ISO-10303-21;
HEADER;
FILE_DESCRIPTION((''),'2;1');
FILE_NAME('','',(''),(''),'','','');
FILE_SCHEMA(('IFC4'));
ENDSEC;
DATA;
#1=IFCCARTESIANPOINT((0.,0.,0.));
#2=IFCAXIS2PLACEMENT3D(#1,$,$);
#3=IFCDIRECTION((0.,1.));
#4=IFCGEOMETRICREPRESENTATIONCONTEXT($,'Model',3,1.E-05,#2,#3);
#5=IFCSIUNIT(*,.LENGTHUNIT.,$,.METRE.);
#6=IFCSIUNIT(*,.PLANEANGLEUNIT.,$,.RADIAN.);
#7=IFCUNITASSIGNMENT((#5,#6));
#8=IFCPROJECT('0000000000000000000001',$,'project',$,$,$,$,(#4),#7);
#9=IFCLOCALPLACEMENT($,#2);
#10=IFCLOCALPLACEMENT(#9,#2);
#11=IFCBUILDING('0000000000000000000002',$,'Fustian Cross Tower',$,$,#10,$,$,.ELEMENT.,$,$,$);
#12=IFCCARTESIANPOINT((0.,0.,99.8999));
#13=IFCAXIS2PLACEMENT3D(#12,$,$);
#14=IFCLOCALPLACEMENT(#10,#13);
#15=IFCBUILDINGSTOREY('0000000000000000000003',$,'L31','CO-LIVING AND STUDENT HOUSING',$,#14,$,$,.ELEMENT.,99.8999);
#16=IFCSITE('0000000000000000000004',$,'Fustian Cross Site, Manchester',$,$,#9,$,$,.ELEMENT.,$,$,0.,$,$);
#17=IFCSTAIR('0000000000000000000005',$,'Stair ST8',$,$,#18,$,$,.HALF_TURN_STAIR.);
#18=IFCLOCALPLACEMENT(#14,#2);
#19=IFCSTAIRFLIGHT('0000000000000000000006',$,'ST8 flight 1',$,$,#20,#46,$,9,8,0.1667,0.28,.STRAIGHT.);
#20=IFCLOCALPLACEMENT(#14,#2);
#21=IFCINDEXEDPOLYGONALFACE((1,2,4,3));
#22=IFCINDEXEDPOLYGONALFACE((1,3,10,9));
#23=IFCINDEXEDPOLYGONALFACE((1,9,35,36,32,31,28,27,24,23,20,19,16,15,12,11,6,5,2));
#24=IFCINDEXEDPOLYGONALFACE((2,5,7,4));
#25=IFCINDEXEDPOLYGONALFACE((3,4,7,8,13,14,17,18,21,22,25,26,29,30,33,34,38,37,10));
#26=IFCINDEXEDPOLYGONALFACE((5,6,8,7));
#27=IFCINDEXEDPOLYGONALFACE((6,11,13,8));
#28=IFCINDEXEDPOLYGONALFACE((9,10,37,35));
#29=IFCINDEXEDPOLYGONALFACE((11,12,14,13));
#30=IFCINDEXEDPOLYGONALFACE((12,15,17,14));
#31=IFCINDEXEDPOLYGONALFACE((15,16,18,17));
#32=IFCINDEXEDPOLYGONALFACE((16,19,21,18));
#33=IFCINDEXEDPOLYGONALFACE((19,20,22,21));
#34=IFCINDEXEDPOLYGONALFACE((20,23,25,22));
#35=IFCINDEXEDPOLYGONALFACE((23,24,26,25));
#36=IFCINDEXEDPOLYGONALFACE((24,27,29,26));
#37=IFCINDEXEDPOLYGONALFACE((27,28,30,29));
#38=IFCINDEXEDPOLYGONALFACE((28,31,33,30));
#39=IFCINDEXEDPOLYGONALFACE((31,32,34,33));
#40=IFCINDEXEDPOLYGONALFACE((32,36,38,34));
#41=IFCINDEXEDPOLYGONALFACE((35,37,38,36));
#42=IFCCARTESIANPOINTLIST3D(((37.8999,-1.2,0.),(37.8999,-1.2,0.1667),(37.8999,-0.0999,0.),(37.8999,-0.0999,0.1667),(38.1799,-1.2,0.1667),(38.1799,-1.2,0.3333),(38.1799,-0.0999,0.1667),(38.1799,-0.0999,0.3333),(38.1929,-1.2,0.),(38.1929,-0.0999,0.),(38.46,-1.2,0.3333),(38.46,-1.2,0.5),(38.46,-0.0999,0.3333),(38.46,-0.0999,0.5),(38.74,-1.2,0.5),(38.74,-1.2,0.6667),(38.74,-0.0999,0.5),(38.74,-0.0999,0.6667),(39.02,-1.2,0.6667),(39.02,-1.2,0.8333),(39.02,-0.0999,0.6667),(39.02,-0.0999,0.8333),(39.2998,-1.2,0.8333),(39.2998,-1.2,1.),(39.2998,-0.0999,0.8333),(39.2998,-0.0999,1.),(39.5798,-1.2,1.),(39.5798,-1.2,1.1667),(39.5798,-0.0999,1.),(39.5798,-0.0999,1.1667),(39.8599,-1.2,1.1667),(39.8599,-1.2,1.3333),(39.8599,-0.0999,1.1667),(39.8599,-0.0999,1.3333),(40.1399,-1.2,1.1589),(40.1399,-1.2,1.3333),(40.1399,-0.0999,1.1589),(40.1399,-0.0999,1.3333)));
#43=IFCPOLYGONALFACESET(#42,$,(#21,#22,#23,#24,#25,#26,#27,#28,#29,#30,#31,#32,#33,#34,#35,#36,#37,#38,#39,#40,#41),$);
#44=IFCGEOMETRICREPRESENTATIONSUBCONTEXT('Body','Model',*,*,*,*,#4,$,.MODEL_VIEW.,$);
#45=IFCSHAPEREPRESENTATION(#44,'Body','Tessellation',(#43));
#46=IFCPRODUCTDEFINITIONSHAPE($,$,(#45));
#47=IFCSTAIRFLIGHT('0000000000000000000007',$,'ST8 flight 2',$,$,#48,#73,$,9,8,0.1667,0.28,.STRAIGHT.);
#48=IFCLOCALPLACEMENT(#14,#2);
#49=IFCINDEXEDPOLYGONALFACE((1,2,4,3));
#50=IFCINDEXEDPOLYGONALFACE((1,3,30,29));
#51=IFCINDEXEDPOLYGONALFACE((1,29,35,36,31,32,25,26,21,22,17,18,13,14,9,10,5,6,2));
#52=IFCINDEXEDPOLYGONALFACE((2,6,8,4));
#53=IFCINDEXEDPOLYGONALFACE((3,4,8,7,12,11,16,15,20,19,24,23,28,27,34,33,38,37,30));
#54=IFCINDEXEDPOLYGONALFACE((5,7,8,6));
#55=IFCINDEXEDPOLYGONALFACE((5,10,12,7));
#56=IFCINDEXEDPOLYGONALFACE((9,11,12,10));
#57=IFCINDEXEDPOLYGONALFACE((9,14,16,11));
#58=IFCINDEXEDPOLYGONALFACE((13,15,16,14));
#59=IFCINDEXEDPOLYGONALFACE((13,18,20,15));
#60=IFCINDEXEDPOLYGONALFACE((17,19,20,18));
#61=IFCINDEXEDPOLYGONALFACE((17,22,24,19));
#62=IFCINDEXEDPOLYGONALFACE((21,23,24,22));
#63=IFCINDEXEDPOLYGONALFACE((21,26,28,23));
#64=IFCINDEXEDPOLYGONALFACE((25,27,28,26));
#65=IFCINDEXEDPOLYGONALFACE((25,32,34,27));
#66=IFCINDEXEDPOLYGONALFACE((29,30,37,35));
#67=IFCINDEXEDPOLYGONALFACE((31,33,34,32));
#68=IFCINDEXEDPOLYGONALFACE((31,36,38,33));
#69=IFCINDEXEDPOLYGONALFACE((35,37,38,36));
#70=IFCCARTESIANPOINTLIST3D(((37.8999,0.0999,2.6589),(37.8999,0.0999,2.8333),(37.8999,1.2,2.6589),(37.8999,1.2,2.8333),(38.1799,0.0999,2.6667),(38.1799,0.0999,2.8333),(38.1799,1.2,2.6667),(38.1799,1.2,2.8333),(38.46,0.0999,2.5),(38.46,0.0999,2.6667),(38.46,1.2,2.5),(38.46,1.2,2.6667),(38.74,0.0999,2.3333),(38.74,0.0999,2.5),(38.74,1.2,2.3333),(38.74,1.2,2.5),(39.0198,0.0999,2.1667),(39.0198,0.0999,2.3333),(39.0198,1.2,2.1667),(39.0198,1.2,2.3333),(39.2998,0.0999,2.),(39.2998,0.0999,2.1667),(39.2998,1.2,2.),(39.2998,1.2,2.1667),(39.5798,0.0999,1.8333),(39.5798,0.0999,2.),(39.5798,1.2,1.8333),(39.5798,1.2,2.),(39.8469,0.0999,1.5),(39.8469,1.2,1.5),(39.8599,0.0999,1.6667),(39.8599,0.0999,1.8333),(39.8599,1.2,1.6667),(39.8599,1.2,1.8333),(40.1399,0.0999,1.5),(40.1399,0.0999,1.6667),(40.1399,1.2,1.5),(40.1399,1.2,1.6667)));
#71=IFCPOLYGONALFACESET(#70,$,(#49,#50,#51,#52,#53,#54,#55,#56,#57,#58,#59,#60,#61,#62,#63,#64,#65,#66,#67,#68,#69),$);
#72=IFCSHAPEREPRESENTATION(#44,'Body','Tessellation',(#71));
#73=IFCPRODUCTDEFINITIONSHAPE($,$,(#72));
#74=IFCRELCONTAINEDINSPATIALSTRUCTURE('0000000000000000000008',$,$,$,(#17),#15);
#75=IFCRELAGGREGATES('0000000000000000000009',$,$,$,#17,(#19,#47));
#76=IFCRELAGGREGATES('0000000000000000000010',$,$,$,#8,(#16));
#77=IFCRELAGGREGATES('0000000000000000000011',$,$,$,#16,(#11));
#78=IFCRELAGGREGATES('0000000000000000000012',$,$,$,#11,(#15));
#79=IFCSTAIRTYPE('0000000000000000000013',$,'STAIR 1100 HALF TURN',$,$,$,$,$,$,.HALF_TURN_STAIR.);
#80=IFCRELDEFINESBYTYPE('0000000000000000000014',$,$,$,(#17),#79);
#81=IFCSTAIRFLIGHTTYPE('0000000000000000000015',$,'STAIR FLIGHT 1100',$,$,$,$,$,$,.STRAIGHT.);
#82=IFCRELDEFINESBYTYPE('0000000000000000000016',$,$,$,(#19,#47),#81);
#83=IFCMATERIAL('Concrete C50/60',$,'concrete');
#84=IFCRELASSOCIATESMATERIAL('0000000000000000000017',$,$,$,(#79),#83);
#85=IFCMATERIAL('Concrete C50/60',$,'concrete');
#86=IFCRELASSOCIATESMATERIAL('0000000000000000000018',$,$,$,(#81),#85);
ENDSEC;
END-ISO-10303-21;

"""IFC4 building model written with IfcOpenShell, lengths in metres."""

from ifc_helpers import new_model, si_unit, direction, frame, origin, place, context, subcontext, project, spatial, polyline, outline, extrude, material, type_object, element, aggregate, save


model = new_model("IFC4")

# Units and contexts
model_context = context("Model", 3, precision=1e-05, world=origin(), true_north=direction((0.0, 1.0)))
body_context = subcontext(model_context, "Body", "Model", "MODEL_VIEW")
ifc_project = project(units=[si_unit("LENGTHUNIT", "METRE"), si_unit("PLANEANGLEUNIT", "RADIAN")], contexts=[model_context])

# Site, building, storey
site_placement = place(None, origin())
site = spatial("IfcSite", under=ifc_project, at=site_placement, Name="Fustian Cross Site, Manchester", CompositionType="ELEMENT", RefElevation=0.0)
building_placement = place(site_placement, origin())
building = spatial("IfcBuilding", under=site, at=building_placement, Name="Fustian Cross Tower", CompositionType="ELEMENT")
storey_placement = place(building_placement, frame((0.0, 0.0, 99.8999)))
storey = spatial("IfcBuildingStorey", under=building, at=storey_placement, Name="L31", Description="CO-LIVING AND STUDENT HOUSING", CompositionType="ELEMENT", Elevation=99.8999)

# Stair, stair flights
ifc_material_1 = material(Name="Concrete C50/60", Category="concrete")
stair_type = type_object("IfcStairType", Name="STAIR 1100 HALF TURN", PredefinedType="HALF_TURN_STAIR", material=ifc_material_1)
stair_placement = place(storey_placement, origin())
stair = element("IfcStair", 1, at=stair_placement, inside=storey, type_object=stair_type, Name="Stair ST8", PredefinedType="HALF_TURN_STAIR")
ifc_material_2 = material(Name="Concrete C50/60", Category="concrete")
stair_flight_type = type_object("IfcStairFlightType", Name="STAIR FLIGHT 1100", PredefinedType="STRAIGHT", material=ifc_material_2)
stair_flight_1_placement = place(storey_placement, frame((37.8999, -0.6499, 0.0), z_axis=(0.0, 0.0, 1.0), x_axis=(1.0, 0.0, 0.0)))
stair_flight_1 = element("IfcStairFlight", 2, at=stair_flight_1_placement, type_object=stair_flight_type, Name="ST8 flight 1", NumberOfRisers=9, NumberOfTreads=8, PredefinedType="STRAIGHT", RiserHeight=0.1667, TreadLength=0.28, context=body_context, shape_type="SweptSolid", body=[
    extrude(outline(polyline([(0.0, 0.0), (0.0, 0.1667), (0.28, 0.1667), (0.28, 0.3333), (0.5601, 0.3333), (0.5601, 0.5), (0.8401, 0.5), (0.8401, 0.6667), (1.1201, 0.6667), (1.1201, 0.8333), (1.3999, 0.8333), (1.3999, 1.0), (1.6799, 1.0), (1.6799, 1.1667), (1.96, 1.1667), (1.96, 1.3333), (2.24, 1.3333), (2.24, 1.5), (2.24, 1.1589), (0.293, 0.0), (0.0, 0.0)])), frame((0.0, 0.55, 0.0), z_axis=(0.0, -1.0, 0.0), x_axis=(1.0, 0.0, 0.0)), (0.0, 0.0, 1.0), 1.1001),
])
stair_flight_2_placement = place(storey_placement, frame((40.1399, 0.6499, 1.5), z_axis=(0.0, 0.0, 1.0), x_axis=(-1.0, 0.0, 0.0)))
stair_flight_2 = element("IfcStairFlight", 3, at=stair_flight_2_placement, type_object=stair_flight_type, Name="ST8 flight 2", NumberOfRisers=9, NumberOfTreads=8, PredefinedType="STRAIGHT", RiserHeight=0.1667, TreadLength=0.28, context=body_context, shape_type="SweptSolid", body=[
    extrude(outline(polyline([(0.0, 0.0), (0.0, 0.1667), (0.28, 0.1667), (0.28, 0.3333), (0.5601, 0.3333), (0.5601, 0.5), (0.8401, 0.5), (0.8401, 0.6667), (1.1201, 0.6667), (1.1201, 0.8333), (1.3999, 0.8333), (1.3999, 1.0), (1.6799, 1.0), (1.6799, 1.1667), (1.96, 1.1667), (1.96, 1.3333), (2.24, 1.3333), (2.24, 1.5), (2.24, 1.1589), (0.293, 0.0), (0.0, 0.0)])), frame((0.0, 0.55, 0.0), z_axis=(0.0, -1.0, 0.0), x_axis=(1.0, 0.0, 0.0)), (0.0, 0.0, 1.0), 1.1001),
])
aggregate(stair, [stair_flight_1, stair_flight_2])

save(model, "model.ifc")
